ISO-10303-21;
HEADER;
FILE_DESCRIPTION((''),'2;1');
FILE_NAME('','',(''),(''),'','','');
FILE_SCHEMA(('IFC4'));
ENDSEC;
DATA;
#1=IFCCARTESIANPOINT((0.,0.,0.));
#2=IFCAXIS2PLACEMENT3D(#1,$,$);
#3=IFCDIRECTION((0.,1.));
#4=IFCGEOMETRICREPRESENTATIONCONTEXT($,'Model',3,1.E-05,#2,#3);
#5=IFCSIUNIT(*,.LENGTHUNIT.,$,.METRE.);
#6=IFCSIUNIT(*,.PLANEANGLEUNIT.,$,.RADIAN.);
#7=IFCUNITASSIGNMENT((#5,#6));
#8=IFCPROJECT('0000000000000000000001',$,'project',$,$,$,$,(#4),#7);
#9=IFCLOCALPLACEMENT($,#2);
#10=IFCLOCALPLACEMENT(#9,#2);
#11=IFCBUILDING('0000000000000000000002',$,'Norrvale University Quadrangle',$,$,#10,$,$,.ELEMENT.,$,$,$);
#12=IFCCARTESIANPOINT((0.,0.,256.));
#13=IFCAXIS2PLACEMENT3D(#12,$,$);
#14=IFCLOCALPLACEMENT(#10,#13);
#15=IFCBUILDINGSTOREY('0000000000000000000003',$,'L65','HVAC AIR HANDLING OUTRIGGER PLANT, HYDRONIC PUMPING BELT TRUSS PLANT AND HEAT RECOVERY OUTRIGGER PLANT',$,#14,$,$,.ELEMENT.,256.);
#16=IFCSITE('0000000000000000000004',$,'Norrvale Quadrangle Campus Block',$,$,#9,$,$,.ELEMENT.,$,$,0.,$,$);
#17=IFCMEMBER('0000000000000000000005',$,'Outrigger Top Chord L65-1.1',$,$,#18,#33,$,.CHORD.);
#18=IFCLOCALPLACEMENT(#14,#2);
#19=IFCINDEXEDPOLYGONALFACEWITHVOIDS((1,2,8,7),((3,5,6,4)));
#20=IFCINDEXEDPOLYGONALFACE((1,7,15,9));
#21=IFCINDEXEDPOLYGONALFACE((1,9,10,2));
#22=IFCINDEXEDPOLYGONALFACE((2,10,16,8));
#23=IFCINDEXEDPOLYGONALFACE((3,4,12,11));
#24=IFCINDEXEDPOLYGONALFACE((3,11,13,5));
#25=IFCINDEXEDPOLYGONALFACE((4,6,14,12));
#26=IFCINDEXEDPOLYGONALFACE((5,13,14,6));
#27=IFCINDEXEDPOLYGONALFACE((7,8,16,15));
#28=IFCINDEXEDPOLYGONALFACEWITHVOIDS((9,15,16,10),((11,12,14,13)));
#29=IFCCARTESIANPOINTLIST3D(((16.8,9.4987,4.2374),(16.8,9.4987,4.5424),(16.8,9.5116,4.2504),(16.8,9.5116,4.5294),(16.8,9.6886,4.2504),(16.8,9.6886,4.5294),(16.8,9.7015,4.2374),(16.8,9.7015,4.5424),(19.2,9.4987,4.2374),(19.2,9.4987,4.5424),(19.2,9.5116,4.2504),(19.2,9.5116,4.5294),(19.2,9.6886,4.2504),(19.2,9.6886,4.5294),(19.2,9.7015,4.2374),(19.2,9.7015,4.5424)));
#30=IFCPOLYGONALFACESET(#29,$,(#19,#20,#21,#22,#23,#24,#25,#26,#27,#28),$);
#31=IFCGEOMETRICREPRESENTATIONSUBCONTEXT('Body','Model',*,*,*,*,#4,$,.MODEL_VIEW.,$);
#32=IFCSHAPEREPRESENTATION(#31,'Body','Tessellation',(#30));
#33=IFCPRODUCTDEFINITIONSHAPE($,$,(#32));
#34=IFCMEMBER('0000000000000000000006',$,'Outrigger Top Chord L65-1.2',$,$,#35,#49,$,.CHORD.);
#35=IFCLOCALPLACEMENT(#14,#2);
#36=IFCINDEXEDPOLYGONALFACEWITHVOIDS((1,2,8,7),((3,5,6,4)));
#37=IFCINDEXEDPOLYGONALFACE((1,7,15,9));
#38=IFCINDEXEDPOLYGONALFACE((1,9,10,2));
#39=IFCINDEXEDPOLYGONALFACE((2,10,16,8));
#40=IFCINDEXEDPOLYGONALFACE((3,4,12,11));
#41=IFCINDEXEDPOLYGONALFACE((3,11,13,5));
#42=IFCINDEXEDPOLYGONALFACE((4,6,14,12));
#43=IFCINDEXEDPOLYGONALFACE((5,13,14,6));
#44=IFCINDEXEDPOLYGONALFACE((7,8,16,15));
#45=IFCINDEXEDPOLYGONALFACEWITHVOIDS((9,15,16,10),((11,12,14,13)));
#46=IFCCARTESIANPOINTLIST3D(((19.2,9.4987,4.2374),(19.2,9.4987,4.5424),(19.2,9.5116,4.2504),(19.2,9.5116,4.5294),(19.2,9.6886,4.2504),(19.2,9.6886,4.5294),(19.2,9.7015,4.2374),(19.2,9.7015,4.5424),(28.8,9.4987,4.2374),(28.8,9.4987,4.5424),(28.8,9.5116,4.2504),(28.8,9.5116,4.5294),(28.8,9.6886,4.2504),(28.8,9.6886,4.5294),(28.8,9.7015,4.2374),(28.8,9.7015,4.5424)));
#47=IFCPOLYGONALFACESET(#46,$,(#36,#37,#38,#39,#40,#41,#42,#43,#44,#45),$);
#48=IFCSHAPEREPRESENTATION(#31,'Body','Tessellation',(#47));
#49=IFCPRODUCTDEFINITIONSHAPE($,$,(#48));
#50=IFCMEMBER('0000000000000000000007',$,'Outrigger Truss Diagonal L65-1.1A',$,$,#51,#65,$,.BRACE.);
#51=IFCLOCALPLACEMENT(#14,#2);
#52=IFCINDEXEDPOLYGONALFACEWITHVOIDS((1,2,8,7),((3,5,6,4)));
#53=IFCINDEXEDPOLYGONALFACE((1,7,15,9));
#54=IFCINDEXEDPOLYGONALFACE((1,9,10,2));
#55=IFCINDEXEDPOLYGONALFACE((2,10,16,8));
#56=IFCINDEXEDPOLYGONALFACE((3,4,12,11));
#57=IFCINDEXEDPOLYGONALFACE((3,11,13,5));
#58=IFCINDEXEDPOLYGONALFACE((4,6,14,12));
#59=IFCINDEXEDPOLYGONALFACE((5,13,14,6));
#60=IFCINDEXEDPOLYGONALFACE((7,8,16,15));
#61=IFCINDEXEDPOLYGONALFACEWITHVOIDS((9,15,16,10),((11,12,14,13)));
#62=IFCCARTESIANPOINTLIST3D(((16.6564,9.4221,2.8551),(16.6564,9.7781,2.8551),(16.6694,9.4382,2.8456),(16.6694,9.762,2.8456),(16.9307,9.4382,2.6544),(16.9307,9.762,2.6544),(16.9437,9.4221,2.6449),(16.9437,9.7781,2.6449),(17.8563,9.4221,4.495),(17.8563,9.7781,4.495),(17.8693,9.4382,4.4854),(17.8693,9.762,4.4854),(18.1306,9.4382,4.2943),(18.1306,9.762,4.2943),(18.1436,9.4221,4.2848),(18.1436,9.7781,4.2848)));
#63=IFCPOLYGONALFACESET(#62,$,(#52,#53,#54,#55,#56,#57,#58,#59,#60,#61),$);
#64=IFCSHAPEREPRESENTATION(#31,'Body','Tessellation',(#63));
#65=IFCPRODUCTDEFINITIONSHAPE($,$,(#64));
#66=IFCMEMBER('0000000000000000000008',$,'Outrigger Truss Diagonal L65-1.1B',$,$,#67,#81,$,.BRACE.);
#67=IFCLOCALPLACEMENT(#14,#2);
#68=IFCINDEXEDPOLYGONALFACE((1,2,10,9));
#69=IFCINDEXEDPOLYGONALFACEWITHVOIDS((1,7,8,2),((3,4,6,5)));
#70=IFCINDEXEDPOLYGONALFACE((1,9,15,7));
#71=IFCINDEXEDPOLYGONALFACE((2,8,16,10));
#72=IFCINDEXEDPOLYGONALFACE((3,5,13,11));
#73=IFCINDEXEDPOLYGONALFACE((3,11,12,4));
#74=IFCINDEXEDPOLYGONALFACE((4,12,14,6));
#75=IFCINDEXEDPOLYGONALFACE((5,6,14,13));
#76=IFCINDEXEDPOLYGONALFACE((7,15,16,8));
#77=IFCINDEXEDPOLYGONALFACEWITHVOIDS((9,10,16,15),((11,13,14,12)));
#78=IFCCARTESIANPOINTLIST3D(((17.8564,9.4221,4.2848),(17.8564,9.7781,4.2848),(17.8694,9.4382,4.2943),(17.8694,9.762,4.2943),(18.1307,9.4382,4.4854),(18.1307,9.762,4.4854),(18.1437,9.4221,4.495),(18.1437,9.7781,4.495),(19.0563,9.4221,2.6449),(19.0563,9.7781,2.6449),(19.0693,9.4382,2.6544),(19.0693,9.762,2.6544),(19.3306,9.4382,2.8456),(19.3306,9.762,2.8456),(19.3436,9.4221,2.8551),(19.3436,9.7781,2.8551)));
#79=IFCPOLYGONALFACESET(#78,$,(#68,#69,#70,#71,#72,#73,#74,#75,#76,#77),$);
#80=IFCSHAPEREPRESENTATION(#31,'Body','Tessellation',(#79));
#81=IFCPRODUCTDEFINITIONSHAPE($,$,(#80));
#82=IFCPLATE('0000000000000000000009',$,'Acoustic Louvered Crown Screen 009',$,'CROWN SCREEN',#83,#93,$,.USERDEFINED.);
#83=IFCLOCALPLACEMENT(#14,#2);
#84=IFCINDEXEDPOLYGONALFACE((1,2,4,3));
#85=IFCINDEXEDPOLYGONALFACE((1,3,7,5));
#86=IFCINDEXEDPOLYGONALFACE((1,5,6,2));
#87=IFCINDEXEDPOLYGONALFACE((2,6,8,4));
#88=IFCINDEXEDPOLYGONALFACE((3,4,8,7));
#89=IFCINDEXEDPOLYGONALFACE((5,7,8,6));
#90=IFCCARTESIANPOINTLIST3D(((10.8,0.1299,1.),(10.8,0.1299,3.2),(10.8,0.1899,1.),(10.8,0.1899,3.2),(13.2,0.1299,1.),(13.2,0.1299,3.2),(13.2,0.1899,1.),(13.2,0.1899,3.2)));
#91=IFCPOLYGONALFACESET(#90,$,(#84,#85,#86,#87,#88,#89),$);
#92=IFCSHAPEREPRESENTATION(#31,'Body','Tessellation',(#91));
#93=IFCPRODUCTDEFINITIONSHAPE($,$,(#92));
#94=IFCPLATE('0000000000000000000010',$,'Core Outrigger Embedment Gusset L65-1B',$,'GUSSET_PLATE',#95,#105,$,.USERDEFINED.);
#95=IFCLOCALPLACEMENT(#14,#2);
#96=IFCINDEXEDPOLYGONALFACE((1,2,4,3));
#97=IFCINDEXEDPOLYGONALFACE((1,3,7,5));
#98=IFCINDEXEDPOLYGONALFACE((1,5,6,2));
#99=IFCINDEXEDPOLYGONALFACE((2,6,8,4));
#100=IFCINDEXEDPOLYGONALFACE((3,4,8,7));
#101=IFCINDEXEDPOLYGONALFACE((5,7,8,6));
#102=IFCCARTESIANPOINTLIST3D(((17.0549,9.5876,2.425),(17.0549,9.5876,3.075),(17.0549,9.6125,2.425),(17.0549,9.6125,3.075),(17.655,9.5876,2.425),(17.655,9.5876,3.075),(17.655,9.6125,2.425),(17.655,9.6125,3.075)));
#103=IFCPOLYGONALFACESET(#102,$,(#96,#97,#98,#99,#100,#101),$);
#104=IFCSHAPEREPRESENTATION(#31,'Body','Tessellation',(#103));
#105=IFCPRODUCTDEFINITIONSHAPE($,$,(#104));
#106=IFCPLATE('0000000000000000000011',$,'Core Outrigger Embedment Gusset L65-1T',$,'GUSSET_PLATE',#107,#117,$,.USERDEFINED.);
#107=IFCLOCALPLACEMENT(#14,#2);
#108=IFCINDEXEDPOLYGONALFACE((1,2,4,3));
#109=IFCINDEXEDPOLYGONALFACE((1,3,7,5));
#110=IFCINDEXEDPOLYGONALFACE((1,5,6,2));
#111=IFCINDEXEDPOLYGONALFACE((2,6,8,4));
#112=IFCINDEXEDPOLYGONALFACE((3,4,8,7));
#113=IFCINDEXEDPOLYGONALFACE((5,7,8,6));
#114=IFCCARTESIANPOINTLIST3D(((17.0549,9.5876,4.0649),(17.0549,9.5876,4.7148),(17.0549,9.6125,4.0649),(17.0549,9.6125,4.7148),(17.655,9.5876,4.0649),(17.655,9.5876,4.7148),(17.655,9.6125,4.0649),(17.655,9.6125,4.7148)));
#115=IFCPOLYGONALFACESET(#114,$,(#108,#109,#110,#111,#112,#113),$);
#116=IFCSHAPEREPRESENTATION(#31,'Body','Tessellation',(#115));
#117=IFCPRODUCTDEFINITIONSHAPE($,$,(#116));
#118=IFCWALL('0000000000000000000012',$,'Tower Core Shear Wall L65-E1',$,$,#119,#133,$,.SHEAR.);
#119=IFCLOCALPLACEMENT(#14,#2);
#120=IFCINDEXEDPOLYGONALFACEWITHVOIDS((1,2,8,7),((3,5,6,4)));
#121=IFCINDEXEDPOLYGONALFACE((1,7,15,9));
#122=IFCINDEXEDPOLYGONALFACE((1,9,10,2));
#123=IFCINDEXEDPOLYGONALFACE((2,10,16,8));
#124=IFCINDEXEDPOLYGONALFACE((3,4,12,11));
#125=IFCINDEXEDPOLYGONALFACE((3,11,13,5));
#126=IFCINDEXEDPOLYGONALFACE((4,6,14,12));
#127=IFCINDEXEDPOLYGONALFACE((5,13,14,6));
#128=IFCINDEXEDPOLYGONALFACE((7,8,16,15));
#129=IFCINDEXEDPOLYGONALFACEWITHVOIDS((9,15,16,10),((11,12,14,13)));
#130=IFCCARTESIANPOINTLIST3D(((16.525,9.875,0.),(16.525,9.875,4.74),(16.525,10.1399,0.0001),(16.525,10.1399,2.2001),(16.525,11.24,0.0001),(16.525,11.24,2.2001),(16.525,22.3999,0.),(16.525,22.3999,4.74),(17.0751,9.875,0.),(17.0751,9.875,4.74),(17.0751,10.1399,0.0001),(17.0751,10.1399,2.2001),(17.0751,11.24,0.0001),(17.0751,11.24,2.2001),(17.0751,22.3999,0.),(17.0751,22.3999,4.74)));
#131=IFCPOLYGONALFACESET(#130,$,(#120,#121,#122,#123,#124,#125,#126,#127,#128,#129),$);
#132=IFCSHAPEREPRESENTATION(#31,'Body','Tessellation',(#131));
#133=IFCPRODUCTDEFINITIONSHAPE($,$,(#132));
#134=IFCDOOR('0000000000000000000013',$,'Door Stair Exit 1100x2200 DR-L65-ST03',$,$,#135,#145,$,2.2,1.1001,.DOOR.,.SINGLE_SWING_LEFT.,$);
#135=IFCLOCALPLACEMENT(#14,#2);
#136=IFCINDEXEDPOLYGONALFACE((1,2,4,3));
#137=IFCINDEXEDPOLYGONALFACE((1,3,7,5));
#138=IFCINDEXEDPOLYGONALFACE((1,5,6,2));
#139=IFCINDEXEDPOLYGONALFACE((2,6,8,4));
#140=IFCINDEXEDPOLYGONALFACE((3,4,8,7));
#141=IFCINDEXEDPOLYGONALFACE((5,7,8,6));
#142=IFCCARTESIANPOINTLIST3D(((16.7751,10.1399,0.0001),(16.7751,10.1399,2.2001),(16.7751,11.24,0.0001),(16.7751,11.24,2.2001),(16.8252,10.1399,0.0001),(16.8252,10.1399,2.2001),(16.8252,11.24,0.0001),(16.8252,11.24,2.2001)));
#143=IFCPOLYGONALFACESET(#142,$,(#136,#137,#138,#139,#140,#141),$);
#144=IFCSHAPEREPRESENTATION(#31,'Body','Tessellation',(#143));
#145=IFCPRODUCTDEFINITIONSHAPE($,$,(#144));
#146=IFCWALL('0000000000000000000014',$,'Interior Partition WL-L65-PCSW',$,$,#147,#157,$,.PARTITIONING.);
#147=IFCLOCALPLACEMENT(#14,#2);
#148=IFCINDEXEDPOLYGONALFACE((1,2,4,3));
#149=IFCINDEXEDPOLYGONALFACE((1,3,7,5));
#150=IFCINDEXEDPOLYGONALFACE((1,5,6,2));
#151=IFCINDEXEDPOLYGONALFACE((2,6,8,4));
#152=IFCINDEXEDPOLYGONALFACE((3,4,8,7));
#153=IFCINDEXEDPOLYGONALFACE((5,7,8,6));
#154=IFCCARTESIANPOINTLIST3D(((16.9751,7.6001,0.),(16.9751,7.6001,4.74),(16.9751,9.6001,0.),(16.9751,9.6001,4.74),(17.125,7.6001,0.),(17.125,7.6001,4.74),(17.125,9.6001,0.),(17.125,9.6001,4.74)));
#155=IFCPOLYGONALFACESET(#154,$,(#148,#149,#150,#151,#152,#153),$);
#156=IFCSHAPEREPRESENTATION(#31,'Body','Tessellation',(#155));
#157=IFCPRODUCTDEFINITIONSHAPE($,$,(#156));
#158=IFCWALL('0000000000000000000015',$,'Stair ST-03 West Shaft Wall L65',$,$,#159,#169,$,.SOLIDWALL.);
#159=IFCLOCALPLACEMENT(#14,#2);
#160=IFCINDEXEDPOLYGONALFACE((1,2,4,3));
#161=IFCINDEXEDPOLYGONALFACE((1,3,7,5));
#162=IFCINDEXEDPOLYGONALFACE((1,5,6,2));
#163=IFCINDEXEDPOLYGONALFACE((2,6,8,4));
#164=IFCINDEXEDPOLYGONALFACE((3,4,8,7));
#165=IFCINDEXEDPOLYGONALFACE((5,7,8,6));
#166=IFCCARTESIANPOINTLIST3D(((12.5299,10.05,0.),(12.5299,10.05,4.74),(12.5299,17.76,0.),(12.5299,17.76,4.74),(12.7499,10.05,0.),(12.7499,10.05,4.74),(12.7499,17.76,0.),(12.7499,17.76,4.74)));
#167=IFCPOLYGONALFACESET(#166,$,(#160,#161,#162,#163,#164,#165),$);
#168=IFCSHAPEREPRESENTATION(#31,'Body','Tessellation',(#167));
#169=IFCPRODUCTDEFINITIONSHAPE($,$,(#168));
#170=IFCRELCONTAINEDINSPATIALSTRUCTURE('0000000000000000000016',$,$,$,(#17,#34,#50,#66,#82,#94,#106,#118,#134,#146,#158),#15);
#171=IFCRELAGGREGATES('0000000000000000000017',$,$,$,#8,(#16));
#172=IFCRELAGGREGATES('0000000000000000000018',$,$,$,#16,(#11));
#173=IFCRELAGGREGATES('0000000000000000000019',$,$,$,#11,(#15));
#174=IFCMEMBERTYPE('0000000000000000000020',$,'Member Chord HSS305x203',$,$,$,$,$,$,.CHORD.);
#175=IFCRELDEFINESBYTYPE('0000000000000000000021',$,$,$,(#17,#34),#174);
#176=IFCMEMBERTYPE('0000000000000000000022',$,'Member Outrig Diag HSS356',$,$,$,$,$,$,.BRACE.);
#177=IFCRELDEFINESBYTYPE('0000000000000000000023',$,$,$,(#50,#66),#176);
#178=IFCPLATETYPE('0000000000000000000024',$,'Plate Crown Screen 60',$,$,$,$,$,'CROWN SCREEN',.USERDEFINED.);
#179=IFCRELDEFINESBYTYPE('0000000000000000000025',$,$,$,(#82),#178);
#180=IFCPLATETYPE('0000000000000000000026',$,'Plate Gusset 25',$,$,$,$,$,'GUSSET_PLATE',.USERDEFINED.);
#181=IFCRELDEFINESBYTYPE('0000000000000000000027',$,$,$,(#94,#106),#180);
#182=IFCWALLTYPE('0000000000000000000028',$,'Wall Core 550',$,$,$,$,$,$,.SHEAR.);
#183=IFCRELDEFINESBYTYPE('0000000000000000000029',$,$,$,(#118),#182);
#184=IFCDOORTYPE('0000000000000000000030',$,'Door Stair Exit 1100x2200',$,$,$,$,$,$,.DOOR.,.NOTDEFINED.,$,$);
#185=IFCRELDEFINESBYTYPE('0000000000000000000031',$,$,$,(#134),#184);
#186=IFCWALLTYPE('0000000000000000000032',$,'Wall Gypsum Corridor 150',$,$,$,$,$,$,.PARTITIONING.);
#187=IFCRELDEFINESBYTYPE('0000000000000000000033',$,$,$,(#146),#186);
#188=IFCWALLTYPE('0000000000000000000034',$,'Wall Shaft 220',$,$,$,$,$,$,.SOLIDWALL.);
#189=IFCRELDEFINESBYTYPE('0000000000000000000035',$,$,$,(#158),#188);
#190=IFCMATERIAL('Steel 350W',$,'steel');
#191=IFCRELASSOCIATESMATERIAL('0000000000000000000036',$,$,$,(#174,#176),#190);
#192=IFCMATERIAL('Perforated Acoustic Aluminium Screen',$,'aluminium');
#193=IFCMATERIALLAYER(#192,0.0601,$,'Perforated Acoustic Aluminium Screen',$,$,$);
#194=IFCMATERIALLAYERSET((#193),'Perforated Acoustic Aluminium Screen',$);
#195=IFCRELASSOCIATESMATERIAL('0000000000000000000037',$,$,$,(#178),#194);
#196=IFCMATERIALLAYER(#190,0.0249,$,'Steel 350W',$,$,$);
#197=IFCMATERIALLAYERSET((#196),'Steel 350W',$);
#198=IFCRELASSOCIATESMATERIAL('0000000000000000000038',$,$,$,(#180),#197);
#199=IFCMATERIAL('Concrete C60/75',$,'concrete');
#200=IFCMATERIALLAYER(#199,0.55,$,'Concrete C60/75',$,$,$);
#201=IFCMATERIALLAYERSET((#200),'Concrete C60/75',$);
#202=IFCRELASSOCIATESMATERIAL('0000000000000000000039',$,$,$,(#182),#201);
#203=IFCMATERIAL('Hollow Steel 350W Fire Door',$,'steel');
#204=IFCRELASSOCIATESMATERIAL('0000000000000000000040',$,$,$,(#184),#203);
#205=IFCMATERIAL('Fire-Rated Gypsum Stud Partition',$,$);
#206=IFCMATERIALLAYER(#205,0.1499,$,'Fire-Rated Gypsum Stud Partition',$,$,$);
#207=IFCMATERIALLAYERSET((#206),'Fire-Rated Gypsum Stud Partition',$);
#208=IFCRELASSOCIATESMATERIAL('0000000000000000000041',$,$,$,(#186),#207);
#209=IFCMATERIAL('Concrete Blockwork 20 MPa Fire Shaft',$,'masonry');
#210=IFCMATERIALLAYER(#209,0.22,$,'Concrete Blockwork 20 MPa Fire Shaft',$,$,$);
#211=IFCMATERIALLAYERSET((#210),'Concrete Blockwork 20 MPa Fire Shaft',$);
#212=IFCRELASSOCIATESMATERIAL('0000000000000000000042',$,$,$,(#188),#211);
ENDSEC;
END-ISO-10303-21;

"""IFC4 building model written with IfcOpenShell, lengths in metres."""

from ifc_helpers import new_model, si_unit, direction, frame, frame_2d, origin, origin_2d, place, context, subcontext, project, spatial, rectangle, hollow_rectangle, extrude, material, layer, layer_set, material_profile, profile_set, type_object, element, fill, save


model = new_model("IFC4")

# Units and contexts
model_context = context("Model", 3, precision=1e-05, world=origin(), true_north=direction((0.0, 1.0)))
body_context = subcontext(model_context, "Body", "Model", "MODEL_VIEW")
ifc_project = project(units=[si_unit("LENGTHUNIT", "METRE"), si_unit("PLANEANGLEUNIT", "RADIAN")], contexts=[model_context])

# Site, building, storey
site_placement = place(None, origin())
site = spatial("IfcSite", under=ifc_project, at=site_placement, Name="Norrvale Quadrangle Campus Block", CompositionType="ELEMENT", RefElevation=0.0)
building_placement = place(site_placement, origin())
building = spatial("IfcBuilding", under=site, at=building_placement, Name="Norrvale University Quadrangle", CompositionType="ELEMENT")
storey_placement = place(building_placement, frame((0.0, 0.0, 256.0)))
storey = spatial("IfcBuildingStorey", under=building, at=storey_placement, Name="L65", Description="HVAC AIR HANDLING OUTRIGGER PLANT, HYDRONIC PUMPING BELT TRUSS PLANT AND HEAT RECOVERY OUTRIGGER PLANT", CompositionType="ELEMENT", Elevation=256.0)

# Shared definitions
ifc_material_1 = material(Name="Concrete C60/75", Category="concrete")

# Shared definitions
ifc_material_2 = material(Name="Steel 350W", Category="steel")

# Members
ifc_material_profile_1 = material_profile(ifc_material_2, hollow_rectangle(XDim=0.2029, YDim=0.3049, WallThickness=0.0129, at=origin_2d()), Name="Steel 350W")
ifc_profile_set_1 = profile_set([ifc_material_profile_1], Name="Steel 350W")
member_type_1 = type_object("IfcMemberType", Name="Member Chord HSS305x203", PredefinedType="CHORD", material=ifc_profile_set_1)
member_1_placement = place(storey_placement, frame((16.8, 9.6001, 4.3899), z_axis=(1.0, 0.0, 0.0), x_axis=(0.0, 1.0, 0.0)))
element("IfcMember", 1, at=member_1_placement, inside=storey, type_object=member_type_1, Name="Outrigger Top Chord L65-1.1", PredefinedType="CHORD", context=body_context, shape_type="SweptSolid", body=[
    extrude(hollow_rectangle(XDim=0.2029, YDim=0.3049, WallThickness=0.0129, at=origin_2d()), origin(), (0.0, 0.0, 1.0), 2.3999),
])
member_2_placement = place(storey_placement, frame((19.2, 9.6001, 4.3899), z_axis=(1.0, 0.0, 0.0), x_axis=(0.0, 1.0, 0.0)))
element("IfcMember", 2, at=member_2_placement, inside=storey, type_object=member_type_1, Name="Outrigger Top Chord L65-1.2", PredefinedType="CHORD", context=body_context, shape_type="SweptSolid", body=[
    extrude(hollow_rectangle(XDim=0.2029, YDim=0.3049, WallThickness=0.0129, at=origin_2d()), origin(), (0.0, 0.0, 1.0), 9.6001),
])
ifc_material_profile_2 = material_profile(ifc_material_2, hollow_rectangle(XDim=0.356, YDim=0.356, WallThickness=0.0161, at=origin_2d()), Name="Steel 350W")
ifc_profile_set_2 = profile_set([ifc_material_profile_2], Name="Steel 350W")
member_type_2 = type_object("IfcMemberType", Name="Member Outrig Diag HSS356", PredefinedType="BRACE", material=ifc_profile_set_2)
for number, where, z_axis, x_axis, name in (
    (3, (16.8, 9.6001, 2.75), (0.59052, 0.0, 0.807023), (0.0, 1.0, 0.0), "Outrigger Truss Diagonal L65-1.1A"),
    (4, (19.2, 9.6001, 2.75), (-0.59052, 0.0, 0.807023), (0.0, -1.0, 0.0), "Outrigger Truss Diagonal L65-1.1B"),
):
    element("IfcMember", number, at=place(storey_placement, frame(where, z_axis=z_axis, x_axis=x_axis)), inside=storey, type_object=member_type_2, Name=name, PredefinedType="BRACE", context=body_context, shape_type="SweptSolid", body=[
        extrude(hollow_rectangle(XDim=0.356, YDim=0.356, WallThickness=0.0161, at=origin_2d()), origin(), (0.0, 0.0, 1.0), 2.032),
    ])

# Plates
ifc_material_3 = material(Name="Perforated Acoustic Aluminium Screen", Category="aluminium")
ifc_layer_1 = layer(ifc_material_3, 0.0601, Name="Perforated Acoustic Aluminium Screen")
ifc_layer_set_1 = layer_set([ifc_layer_1], Name="Perforated Acoustic Aluminium Screen")
plate_type_1 = type_object("IfcPlateType", Name="Plate Crown Screen 60", ElementType="CROWN SCREEN", PredefinedType="USERDEFINED", material=ifc_layer_set_1)
plate_placement = place(storey_placement, frame((12.0, 0.1599, 1.0), z_axis=(0.0, 0.0, 1.0), x_axis=(1.0, 0.0, 0.0)))
element("IfcPlate", 5, at=plate_placement, inside=storey, type_object=plate_type_1, Name="Acoustic Louvered Crown Screen 009", ObjectType="CROWN SCREEN", PredefinedType="USERDEFINED", context=body_context, shape_type="SweptSolid", body=[
    extrude(rectangle(XDim=2.3999, YDim=0.0601, at=origin_2d()), origin(), (0.0, 0.0, 1.0), 2.2),
])
ifc_layer_2 = layer(ifc_material_2, 0.0249, Name="Steel 350W")
ifc_layer_set_2 = layer_set([ifc_layer_2], Name="Steel 350W")
plate_type_2 = type_object("IfcPlateType", Name="Plate Gusset 25", ElementType="GUSSET_PLATE", PredefinedType="USERDEFINED", material=ifc_layer_set_2)
for number, where, z_axis, x_axis, name in (
    (6, (17.355, 9.6001, 2.425), (0.0, 0.0, 1.0), (1.0, 0.0, 0.0), "Core Outrigger Embedment Gusset L65-1B"),
    (7, (17.355, 9.6001, 4.0649), (0.0, 0.0, 1.0), (1.0, 0.0, 0.0), "Core Outrigger Embedment Gusset L65-1T"),
):
    element("IfcPlate", number, at=place(storey_placement, frame(where, z_axis=z_axis, x_axis=x_axis)), inside=storey, type_object=plate_type_2, Name=name, ObjectType="GUSSET_PLATE", PredefinedType="USERDEFINED", context=body_context, shape_type="SweptSolid", body=[
        extrude(rectangle(XDim=0.6001, YDim=0.0249, at=origin_2d()), origin(), (0.0, 0.0, 1.0), 0.6499),
    ])

# Wall, opening, door
ifc_layer_3 = layer(ifc_material_1, 0.55, Name="Concrete C60/75")
ifc_layer_set_3 = layer_set([ifc_layer_3], Name="Concrete C60/75")
wall_type_1 = type_object("IfcWallType", Name="Wall Core 550", PredefinedType="SHEAR", material=ifc_layer_set_3)
wall_1_placement = place(storey_placement, frame((16.8, 9.875, 0.0), z_axis=(0.0, 0.0, 1.0), x_axis=(0.0, 1.0, 0.0)))
wall_1 = element("IfcWall", 8, at=wall_1_placement, inside=storey, type_object=wall_type_1, Name="Tower Core Shear Wall L65-E1", PredefinedType="SHEAR", context=body_context, shape_type="SweptSolid", body=[
    extrude(rectangle(XDim=12.5249, YDim=0.55, at=frame_2d((6.2625, 0.0))), origin(), (0.0, 0.0, 1.0), 4.74),
])
opening_placement = place(wall_1_placement, frame((0.2649, 0.0, 0.0)))
opening = element("IfcOpeningElement", 9, at=opening_placement, cuts=wall_1, PredefinedType="OPENING", context=body_context, shape_type="SweptSolid", body=[
    extrude(rectangle(XDim=1.1001, YDim=2.2, at=frame_2d((0.55, 1.1001))), frame((0.0, 0.2871, 0.0), z_axis=(0.0, -1.0, 0.0), x_axis=(1.0, 0.0, 0.0)), (0.0, 0.0, 1.0), 0.574),
])
ifc_material_4 = material(Name="Hollow Steel 350W Fire Door", Category="steel")
door_type = type_object("IfcDoorType", Name="Door Stair Exit 1100x2200", OperationType="NOTDEFINED", PredefinedType="DOOR", material=ifc_material_4)
door_placement = place(opening_placement, origin())
door = element("IfcDoor", 10, at=door_placement, inside=storey, type_object=door_type, Name="Door Stair Exit 1100x2200 DR-L65-ST03", OperationType="SINGLE_SWING_LEFT", OverallHeight=2.2, OverallWidth=1.1001, PredefinedType="DOOR", context=body_context, shape_type="SweptSolid", body=[
    extrude(rectangle(XDim=1.1001, YDim=2.2, at=frame_2d((0.55, 1.1001))), frame((0.0, 0.0249, 0.0), z_axis=(0.0, -1.0, 0.0), x_axis=(1.0, 0.0, 0.0)), (0.0, 0.0, 1.0), 0.05),
])
fill(opening, door)

# Walls
ifc_material_5 = material(Name="Fire-Rated Gypsum Stud Partition")
ifc_layer_4 = layer(ifc_material_5, 0.1499, Name="Fire-Rated Gypsum Stud Partition")
ifc_layer_set_4 = layer_set([ifc_layer_4], Name="Fire-Rated Gypsum Stud Partition")
wall_type_2 = type_object("IfcWallType", Name="Wall Gypsum Corridor 150", PredefinedType="PARTITIONING", material=ifc_layer_set_4)
wall_2_placement = place(storey_placement, frame((17.05, 7.6001, 0.0), z_axis=(0.0, 0.0, 1.0), x_axis=(0.0, 1.0, 0.0)))
element("IfcWall", 11, at=wall_2_placement, inside=storey, type_object=wall_type_2, Name="Interior Partition WL-L65-PCSW", PredefinedType="PARTITIONING", context=body_context, shape_type="SweptSolid", body=[
    extrude(rectangle(XDim=2.0, YDim=0.1499, at=frame_2d((1.0, 0.0))), origin(), (0.0, 0.0, 1.0), 4.74),
])
ifc_material_6 = material(Name="Concrete Blockwork 20 MPa Fire Shaft", Category="masonry")
ifc_layer_5 = layer(ifc_material_6, 0.22, Name="Concrete Blockwork 20 MPa Fire Shaft")
ifc_layer_set_5 = layer_set([ifc_layer_5], Name="Concrete Blockwork 20 MPa Fire Shaft")
wall_type_3 = type_object("IfcWallType", Name="Wall Shaft 220", PredefinedType="SOLIDWALL", material=ifc_layer_set_5)
wall_3_placement = place(storey_placement, frame((12.6399, 10.05, 0.0), z_axis=(0.0, 0.0, 1.0), x_axis=(0.0, 1.0, 0.0)))
element("IfcWall", 12, at=wall_3_placement, inside=storey, type_object=wall_type_3, Name="Stair ST-03 West Shaft Wall L65", PredefinedType="SOLIDWALL", context=body_context, shape_type="SweptSolid", body=[
    extrude(rectangle(XDim=7.71, YDim=0.22, at=frame_2d((3.855, 0.0))), origin(), (0.0, 0.0, 1.0), 4.74),
])

save(model, "model.ifc")
